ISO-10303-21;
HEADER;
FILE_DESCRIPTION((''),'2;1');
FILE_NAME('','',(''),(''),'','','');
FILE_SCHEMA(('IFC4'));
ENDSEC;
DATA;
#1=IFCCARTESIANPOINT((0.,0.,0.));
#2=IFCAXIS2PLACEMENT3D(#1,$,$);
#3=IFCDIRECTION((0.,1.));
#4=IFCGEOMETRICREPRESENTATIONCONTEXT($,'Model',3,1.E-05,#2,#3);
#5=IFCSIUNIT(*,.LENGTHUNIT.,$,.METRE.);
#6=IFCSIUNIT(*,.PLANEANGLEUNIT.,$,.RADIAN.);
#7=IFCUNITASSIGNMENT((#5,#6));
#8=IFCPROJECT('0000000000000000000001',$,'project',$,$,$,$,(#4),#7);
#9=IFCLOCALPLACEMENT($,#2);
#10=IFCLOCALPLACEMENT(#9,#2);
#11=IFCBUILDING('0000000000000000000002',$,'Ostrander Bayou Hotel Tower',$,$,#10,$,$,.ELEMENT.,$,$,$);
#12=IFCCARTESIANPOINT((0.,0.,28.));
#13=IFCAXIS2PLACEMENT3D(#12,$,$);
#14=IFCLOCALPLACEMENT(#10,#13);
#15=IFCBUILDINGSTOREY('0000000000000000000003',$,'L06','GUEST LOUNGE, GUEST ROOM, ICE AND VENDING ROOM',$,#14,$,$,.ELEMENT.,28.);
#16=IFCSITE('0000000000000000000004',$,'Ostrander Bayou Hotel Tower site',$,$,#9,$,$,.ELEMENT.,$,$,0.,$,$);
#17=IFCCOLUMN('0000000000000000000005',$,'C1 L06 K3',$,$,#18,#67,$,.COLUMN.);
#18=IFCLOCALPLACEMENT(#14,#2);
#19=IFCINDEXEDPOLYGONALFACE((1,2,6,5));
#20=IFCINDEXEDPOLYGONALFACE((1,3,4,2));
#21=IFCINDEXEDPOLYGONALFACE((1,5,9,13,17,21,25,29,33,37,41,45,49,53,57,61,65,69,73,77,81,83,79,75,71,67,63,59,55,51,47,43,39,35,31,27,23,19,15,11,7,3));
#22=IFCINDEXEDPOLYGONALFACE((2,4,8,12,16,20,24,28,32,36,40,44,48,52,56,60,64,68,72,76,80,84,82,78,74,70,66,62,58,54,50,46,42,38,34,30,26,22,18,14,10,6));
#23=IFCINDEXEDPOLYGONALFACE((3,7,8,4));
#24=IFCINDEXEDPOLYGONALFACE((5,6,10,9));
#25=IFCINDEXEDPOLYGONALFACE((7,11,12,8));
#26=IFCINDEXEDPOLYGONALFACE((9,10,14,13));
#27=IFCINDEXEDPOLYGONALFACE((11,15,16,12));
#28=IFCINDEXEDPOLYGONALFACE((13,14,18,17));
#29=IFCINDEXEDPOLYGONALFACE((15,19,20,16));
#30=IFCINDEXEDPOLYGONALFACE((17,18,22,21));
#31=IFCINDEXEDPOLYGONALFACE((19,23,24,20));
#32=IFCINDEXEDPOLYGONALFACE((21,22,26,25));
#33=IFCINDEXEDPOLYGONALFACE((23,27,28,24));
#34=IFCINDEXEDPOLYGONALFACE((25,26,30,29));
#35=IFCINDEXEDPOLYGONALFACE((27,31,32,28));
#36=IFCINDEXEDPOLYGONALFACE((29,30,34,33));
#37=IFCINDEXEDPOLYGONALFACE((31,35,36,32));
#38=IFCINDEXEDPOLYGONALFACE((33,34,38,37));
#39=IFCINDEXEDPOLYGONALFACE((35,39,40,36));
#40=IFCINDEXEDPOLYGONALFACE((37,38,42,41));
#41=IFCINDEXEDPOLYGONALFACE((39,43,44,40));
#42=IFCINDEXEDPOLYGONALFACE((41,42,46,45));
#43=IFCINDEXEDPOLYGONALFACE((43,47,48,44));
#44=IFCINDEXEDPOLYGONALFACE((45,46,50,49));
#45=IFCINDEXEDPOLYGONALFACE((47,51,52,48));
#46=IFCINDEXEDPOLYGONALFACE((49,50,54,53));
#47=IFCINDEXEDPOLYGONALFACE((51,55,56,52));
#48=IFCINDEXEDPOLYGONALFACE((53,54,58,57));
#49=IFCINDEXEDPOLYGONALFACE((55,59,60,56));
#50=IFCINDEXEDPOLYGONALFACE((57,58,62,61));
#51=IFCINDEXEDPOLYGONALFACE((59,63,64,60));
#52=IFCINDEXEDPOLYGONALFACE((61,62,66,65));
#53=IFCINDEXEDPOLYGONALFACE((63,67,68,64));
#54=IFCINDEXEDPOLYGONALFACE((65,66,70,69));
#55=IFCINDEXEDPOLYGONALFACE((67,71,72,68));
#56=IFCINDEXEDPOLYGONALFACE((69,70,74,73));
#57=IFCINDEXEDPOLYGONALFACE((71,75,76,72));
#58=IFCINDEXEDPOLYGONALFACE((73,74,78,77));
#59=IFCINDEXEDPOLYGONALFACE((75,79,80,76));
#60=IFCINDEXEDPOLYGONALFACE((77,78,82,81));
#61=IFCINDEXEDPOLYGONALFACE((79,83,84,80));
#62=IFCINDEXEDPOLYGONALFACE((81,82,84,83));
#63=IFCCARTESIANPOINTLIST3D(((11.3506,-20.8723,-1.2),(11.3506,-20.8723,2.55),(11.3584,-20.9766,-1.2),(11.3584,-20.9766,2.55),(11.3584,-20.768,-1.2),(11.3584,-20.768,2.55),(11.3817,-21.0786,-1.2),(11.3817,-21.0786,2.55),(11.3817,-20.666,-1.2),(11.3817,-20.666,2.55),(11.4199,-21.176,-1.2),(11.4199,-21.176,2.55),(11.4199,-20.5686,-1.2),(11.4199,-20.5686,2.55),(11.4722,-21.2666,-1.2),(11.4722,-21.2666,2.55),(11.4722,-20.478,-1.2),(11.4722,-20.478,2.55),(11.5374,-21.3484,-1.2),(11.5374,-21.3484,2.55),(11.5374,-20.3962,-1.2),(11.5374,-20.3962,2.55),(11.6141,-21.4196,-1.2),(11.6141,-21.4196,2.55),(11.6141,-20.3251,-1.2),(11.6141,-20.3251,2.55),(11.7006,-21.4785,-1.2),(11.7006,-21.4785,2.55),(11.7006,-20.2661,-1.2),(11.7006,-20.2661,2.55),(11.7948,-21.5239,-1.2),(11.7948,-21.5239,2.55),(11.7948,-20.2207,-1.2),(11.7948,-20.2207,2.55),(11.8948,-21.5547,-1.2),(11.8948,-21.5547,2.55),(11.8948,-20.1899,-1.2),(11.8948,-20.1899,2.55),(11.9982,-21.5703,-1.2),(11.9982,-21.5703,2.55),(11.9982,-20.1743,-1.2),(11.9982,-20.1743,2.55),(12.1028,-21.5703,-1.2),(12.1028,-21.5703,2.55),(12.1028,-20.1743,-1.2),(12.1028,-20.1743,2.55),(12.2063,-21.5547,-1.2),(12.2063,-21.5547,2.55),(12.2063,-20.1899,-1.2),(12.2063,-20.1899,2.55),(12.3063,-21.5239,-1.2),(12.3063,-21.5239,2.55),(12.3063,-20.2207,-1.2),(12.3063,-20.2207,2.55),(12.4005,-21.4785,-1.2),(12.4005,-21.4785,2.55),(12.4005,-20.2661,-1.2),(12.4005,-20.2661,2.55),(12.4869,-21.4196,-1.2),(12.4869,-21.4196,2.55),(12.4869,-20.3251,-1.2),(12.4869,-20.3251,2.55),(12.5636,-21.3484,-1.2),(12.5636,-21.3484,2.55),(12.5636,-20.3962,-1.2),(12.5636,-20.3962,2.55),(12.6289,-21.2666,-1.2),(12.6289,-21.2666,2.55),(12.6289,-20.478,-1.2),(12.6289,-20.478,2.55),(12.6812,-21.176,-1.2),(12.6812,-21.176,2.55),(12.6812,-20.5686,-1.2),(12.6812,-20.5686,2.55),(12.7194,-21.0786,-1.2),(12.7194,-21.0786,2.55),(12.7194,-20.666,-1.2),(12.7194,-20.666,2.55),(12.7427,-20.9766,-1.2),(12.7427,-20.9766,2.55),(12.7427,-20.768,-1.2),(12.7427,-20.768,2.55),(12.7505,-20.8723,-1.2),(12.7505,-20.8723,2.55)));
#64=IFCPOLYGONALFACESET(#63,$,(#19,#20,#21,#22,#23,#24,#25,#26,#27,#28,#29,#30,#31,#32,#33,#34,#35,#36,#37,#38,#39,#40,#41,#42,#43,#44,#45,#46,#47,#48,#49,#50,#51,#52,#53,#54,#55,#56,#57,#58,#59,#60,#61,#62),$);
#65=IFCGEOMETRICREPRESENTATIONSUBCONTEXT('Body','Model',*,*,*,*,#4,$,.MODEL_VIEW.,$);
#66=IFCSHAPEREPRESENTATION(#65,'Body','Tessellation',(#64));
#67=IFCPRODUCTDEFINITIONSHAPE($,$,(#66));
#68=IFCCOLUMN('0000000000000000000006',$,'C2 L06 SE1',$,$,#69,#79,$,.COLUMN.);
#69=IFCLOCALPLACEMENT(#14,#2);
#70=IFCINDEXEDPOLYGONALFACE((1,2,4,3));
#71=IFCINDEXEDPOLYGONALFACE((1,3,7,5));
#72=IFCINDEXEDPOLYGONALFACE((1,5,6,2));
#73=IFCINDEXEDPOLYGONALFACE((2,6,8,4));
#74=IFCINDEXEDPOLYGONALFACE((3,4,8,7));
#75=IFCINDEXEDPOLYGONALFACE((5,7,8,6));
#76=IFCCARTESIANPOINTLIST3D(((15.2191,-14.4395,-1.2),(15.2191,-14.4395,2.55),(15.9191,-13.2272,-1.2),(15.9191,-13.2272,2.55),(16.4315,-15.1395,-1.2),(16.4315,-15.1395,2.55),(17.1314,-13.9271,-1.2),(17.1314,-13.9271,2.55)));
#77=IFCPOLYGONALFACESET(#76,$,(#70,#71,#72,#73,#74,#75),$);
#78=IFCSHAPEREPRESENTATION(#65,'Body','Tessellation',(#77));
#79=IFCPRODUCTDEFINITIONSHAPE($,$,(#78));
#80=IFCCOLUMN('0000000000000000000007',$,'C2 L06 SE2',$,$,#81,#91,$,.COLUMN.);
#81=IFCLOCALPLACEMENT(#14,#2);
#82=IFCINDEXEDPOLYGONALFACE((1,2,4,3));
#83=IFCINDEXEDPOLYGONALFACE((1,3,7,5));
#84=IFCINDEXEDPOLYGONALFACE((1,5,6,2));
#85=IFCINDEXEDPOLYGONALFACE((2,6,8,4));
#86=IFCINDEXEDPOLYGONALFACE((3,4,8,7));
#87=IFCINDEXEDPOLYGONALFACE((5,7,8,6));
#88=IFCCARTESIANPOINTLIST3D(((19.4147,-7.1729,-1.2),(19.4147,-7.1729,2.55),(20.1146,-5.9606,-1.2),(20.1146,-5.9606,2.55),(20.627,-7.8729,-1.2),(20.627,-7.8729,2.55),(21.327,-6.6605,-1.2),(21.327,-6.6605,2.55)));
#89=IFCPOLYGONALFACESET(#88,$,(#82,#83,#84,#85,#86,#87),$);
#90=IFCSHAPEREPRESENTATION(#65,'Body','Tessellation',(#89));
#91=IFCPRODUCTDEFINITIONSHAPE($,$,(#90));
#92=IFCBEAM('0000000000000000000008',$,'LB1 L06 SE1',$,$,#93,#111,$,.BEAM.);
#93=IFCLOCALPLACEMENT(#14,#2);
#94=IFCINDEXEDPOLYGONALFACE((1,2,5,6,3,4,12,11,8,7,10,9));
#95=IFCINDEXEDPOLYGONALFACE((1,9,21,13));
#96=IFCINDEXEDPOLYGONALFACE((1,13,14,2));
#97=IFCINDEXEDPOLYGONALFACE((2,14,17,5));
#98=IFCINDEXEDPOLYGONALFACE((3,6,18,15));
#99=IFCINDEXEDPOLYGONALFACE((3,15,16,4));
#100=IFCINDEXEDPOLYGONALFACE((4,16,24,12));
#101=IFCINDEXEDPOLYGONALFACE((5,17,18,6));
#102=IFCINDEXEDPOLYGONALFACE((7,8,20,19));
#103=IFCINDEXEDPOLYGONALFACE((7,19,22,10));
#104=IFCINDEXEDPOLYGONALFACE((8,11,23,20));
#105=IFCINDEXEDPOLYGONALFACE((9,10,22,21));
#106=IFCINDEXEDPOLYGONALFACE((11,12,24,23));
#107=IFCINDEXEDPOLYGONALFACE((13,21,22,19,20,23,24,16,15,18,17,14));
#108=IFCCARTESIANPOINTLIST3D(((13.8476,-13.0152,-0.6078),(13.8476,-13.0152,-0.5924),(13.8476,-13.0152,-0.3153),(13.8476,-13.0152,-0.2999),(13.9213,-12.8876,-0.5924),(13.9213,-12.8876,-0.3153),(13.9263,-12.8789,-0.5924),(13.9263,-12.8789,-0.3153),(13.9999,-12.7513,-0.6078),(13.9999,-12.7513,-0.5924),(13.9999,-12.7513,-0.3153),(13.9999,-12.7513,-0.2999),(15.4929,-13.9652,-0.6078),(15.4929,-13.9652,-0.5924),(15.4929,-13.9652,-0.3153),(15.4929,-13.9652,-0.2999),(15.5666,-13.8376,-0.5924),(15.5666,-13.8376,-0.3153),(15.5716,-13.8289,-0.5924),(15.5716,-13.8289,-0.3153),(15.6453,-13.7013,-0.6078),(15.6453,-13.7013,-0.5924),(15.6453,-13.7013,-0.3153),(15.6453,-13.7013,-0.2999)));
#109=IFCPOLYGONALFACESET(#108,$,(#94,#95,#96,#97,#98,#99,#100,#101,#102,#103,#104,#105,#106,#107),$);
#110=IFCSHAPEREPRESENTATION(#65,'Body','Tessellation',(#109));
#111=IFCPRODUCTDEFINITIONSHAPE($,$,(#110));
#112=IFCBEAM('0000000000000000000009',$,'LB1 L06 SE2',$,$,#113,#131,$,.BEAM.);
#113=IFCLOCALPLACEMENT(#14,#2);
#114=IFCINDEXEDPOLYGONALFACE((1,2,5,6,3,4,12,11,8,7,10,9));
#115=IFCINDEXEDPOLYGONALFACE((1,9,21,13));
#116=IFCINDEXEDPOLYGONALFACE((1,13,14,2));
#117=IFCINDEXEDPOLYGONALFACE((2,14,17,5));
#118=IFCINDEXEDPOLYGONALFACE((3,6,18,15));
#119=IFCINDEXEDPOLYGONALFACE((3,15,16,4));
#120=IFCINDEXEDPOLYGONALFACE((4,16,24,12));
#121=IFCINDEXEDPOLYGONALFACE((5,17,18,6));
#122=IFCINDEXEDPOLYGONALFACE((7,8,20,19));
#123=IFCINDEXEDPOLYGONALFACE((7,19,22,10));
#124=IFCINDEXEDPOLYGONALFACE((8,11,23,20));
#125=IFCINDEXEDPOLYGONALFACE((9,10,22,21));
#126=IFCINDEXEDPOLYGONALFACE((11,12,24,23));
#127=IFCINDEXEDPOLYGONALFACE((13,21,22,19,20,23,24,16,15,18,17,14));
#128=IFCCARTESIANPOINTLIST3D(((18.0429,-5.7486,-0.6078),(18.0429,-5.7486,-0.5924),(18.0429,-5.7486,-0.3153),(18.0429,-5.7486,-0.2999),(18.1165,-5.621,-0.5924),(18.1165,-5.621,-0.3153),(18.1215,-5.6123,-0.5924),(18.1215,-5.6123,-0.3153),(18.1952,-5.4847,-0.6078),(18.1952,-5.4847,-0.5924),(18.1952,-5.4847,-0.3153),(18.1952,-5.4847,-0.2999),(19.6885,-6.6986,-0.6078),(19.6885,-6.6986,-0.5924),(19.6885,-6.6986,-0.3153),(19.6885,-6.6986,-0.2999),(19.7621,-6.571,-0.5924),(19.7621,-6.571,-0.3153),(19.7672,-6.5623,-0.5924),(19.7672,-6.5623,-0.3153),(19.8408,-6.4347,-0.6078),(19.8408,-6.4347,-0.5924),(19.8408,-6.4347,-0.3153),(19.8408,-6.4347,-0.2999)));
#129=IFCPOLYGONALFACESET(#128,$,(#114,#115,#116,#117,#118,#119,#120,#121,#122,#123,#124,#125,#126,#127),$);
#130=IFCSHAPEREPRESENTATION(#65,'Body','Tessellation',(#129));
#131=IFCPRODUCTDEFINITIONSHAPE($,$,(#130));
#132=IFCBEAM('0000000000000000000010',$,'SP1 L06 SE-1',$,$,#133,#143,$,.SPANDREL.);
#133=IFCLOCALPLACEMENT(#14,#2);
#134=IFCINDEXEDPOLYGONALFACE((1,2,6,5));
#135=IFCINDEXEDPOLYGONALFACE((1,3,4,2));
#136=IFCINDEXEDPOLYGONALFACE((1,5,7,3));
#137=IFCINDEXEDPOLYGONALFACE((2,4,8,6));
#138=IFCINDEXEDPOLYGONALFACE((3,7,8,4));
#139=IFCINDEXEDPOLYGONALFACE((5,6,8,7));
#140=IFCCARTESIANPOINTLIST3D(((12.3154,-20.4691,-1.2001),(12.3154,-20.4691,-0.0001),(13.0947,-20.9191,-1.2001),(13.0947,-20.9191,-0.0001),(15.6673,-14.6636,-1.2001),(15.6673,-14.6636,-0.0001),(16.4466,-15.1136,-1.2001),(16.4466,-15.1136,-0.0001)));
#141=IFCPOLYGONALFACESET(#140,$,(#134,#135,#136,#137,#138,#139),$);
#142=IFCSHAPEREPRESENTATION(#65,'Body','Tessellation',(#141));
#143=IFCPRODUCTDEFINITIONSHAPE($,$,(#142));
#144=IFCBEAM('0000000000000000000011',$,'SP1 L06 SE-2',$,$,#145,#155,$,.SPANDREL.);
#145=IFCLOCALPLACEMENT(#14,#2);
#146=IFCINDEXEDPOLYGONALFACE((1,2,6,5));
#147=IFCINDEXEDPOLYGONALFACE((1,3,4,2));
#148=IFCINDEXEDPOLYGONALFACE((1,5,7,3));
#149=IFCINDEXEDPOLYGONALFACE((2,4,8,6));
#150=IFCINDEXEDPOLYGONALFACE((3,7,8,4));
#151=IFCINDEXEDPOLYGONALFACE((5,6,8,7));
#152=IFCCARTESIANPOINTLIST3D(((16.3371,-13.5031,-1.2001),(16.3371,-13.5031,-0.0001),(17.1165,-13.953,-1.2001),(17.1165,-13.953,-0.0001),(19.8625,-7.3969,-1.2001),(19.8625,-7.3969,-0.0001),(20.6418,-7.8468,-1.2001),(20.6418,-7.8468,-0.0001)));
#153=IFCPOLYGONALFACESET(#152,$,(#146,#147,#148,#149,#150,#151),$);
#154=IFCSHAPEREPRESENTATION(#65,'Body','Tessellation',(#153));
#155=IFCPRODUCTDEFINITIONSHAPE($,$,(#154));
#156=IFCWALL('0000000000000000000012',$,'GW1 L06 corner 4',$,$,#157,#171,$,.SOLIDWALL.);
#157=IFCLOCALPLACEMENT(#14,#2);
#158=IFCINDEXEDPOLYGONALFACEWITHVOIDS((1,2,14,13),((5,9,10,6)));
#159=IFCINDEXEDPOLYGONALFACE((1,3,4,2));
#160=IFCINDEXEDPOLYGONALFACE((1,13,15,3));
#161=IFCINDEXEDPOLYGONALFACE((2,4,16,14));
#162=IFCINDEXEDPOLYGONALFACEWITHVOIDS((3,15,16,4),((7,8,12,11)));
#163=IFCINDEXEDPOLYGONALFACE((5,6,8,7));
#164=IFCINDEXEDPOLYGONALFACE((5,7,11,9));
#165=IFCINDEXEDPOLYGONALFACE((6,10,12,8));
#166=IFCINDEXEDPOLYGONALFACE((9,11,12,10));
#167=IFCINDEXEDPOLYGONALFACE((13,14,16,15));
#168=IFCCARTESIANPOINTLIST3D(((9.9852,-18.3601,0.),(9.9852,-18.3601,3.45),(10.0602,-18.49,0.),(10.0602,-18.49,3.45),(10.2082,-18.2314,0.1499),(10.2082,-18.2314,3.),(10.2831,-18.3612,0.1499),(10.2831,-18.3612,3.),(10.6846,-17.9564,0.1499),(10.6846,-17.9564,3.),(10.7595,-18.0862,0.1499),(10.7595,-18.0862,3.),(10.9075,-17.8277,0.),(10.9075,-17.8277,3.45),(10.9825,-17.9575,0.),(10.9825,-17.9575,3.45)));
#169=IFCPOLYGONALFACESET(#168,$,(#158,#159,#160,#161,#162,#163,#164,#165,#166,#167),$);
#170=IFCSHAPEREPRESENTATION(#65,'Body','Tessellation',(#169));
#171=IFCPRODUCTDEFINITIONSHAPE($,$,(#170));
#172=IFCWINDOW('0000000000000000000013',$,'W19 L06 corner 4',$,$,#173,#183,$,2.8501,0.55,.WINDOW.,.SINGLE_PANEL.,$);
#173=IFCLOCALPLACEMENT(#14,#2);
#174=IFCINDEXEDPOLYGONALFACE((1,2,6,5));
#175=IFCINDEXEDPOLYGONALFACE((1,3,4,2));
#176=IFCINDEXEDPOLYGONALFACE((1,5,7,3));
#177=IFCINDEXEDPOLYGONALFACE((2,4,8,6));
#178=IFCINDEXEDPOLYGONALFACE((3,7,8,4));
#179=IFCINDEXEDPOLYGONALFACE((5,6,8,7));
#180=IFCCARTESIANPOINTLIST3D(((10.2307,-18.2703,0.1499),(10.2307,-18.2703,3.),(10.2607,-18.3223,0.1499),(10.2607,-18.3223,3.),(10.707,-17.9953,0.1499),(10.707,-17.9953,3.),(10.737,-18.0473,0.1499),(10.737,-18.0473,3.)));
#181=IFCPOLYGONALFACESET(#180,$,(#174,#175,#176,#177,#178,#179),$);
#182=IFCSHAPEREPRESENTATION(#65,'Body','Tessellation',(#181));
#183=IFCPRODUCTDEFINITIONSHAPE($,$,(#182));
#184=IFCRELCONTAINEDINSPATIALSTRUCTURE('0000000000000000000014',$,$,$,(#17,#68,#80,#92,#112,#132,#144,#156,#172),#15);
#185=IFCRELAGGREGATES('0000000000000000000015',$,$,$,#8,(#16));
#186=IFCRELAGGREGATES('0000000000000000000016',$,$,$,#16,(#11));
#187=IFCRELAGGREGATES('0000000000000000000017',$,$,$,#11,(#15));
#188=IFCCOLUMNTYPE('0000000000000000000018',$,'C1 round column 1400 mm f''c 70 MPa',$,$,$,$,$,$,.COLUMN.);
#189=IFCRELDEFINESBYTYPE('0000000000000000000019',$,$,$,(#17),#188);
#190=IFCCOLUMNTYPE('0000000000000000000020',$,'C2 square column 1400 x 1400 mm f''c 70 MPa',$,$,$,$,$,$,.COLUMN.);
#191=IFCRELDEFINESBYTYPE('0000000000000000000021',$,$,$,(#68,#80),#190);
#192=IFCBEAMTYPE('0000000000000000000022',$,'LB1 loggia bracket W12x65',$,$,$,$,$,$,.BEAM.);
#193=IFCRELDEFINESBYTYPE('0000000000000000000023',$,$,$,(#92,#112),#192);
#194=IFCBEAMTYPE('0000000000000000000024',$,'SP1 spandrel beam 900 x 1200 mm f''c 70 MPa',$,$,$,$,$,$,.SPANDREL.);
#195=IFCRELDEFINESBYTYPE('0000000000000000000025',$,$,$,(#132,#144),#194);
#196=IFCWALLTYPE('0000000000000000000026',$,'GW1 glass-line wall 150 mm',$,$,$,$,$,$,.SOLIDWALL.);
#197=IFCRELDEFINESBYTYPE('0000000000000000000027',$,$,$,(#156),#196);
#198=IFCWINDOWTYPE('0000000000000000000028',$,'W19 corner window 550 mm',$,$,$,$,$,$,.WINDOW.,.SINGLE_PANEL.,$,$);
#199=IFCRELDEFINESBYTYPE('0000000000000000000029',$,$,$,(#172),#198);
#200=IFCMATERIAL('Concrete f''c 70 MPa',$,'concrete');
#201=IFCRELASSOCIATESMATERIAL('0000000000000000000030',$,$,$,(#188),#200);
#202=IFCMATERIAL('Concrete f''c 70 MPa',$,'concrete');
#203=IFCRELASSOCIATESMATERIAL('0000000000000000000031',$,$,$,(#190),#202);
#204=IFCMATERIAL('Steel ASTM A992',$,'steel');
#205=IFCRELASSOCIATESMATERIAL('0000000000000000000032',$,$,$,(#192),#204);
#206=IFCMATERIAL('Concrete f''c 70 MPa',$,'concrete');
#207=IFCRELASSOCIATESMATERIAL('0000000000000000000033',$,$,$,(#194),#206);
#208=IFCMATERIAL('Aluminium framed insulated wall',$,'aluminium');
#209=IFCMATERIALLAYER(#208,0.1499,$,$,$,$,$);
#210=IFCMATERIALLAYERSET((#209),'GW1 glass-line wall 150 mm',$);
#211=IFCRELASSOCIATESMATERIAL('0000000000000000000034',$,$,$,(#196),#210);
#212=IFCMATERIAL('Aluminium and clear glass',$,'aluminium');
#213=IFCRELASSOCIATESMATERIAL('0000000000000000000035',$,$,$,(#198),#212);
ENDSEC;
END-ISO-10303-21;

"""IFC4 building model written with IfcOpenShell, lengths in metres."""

from ifc_helpers import new_model, si_unit, direction, frame, frame_2d, origin, origin_2d, place, context, subcontext, project, spatial, rectangle, circle, i_section, extrude, material, layer, layer_set, material_profile, profile_set, type_object, element, fill, save


model = new_model("IFC4")

# Units and contexts
model_context = context("Model", 3, precision=1e-05, world=origin(), true_north=direction((0.0, 1.0)))
body_context = subcontext(model_context, "Body", "Model", "MODEL_VIEW")
ifc_project = project(units=[si_unit("LENGTHUNIT", "METRE"), si_unit("PLANEANGLEUNIT", "RADIAN")], contexts=[model_context])

# Site, building, storey
site_placement = place(None, origin())
site = spatial("IfcSite", under=ifc_project, at=site_placement, Name="Ostrander Bayou Hotel Tower site", CompositionType="ELEMENT", RefElevation=0.0)
building_placement = place(site_placement, origin())
building = spatial("IfcBuilding", under=site, at=building_placement, Name="Ostrander Bayou Hotel Tower", CompositionType="ELEMENT")
storey_placement = place(building_placement, frame((0.0, 0.0, 28.0)))
storey = spatial("IfcBuildingStorey", under=building, at=storey_placement, Name="L06", Description="GUEST LOUNGE, GUEST ROOM, ICE AND VENDING ROOM", CompositionType="ELEMENT", Elevation=28.0)

# Columns
ifc_material_1 = material(Name="Concrete f'c 70 MPa", Category="concrete")
ifc_material_profile_1 = material_profile(ifc_material_1, circle(Radius=0.7, at=origin_2d()))
ifc_profile_set_1 = profile_set([ifc_material_profile_1], Name="Concrete f'c 70 MPa")
column_type_1 = type_object("IfcColumnType", Name="C1 round column 1400 mm f'c 70 MPa", PredefinedType="COLUMN", material=ifc_profile_set_1)
column_placement = place(storey_placement, frame((12.0505, -20.8723, -1.2), z_axis=(0.0, 0.0, 1.0), x_axis=(1.0, 0.0, 0.0)))
element("IfcColumn", 1, at=column_placement, inside=storey, type_object=column_type_1, Name="C1 L06 K3", PredefinedType="COLUMN", context=body_context, shape_type="SweptSolid", body=[
    extrude(circle(Radius=0.7, at=origin_2d()), origin(), (0.0, 0.0, 1.0), 3.75),
])
ifc_material_2 = material(Name="Concrete f'c 70 MPa", Category="concrete")
ifc_material_profile_2 = material_profile(ifc_material_2, rectangle(XDim=1.3999, YDim=1.3999, at=origin_2d()))
ifc_profile_set_2 = profile_set([ifc_material_profile_2], Name="Concrete f'c 70 MPa")
column_type_2 = type_object("IfcColumnType", Name="C2 square column 1400 x 1400 mm f'c 70 MPa", PredefinedType="COLUMN", material=ifc_profile_set_2)
for number, where, z_axis, x_axis, name in (
    (2, (16.1753, -14.1833, -1.2), (0.0, 0.0, 1.0), (-0.5, -0.866025, 0.0), "C2 L06 SE1"),
    (3, (20.3708, -6.9167, -1.2), (0.0, 0.0, 1.0), (-0.5, -0.866025, 0.0), "C2 L06 SE2"),
):
    element("IfcColumn", number, at=place(storey_placement, frame(where, z_axis=z_axis, x_axis=x_axis)), inside=storey, type_object=column_type_2, Name=name, PredefinedType="COLUMN", context=body_context, shape_type="SweptSolid", body=[
        extrude(rectangle(XDim=1.3999, YDim=1.3999, at=origin_2d()), origin(), (0.0, 0.0, 1.0), 3.75),
    ])

# Beams
ifc_material_3 = material(Name="Steel ASTM A992", Category="steel")
ifc_material_profile_3 = material_profile(ifc_material_3, i_section(OverallWidth=0.3047, OverallDepth=0.3079, WebThickness=0.01, FlangeThickness=0.0154, at=origin_2d()))
ifc_profile_set_3 = profile_set([ifc_material_profile_3], Name="Steel ASTM A992")
beam_type_1 = type_object("IfcBeamType", Name="LB1 loggia bracket W12x65", PredefinedType="BEAM", material=ifc_profile_set_3)
beam_1_placement = place(storey_placement, frame((15.5691, -13.8333, -0.4539), z_axis=(-0.866012, 0.500023, 0.0), x_axis=(-0.500023, -0.866012, 0.0)))
element("IfcBeam", 4, at=beam_1_placement, inside=storey, type_object=beam_type_1, Name="LB1 L06 SE1", PredefinedType="BEAM", context=body_context, shape_type="SweptSolid", body=[
    extrude(i_section(OverallWidth=0.3047, OverallDepth=0.3079, WebThickness=0.01, FlangeThickness=0.0154, at=origin_2d()), origin(), (0.0, 0.0, 1.0), 1.8999),
])
beam_2_placement = place(storey_placement, frame((19.7646, -6.5667, -0.4539), z_axis=(-0.866044, 0.499967, 0.0), x_axis=(-0.499967, -0.866044, 0.0)))
element("IfcBeam", 5, at=beam_2_placement, inside=storey, type_object=beam_type_1, Name="LB1 L06 SE2", PredefinedType="BEAM", context=body_context, shape_type="SweptSolid", body=[
    extrude(i_section(OverallWidth=0.3047, OverallDepth=0.3079, WebThickness=0.01, FlangeThickness=0.0154, at=origin_2d()), origin(), (0.0, 0.0, 1.0), 1.9001),
])
ifc_material_4 = material(Name="Concrete f'c 70 MPa", Category="concrete")
ifc_material_profile_4 = material_profile(ifc_material_4, rectangle(XDim=0.8999, YDim=1.2, at=origin_2d()))
ifc_profile_set_4 = profile_set([ifc_material_profile_4], Name="Concrete f'c 70 MPa")
beam_type_2 = type_object("IfcBeamType", Name="SP1 spandrel beam 900 x 1200 mm f'c 70 MPa", PredefinedType="SPANDREL", material=ifc_profile_set_4)
beam_3_placement = place(storey_placement, frame((12.7051, -20.6941, -0.6001), z_axis=(0.500005, 0.866022, 0.0), x_axis=(-0.866022, 0.500005, 0.0)))
element("IfcBeam", 6, at=beam_3_placement, inside=storey, type_object=beam_type_2, Name="SP1 L06 SE-1", PredefinedType="SPANDREL", context=body_context, shape_type="SweptSolid", body=[
    extrude(rectangle(XDim=0.8999, YDim=1.2, at=origin_2d()), origin(), (0.0, 0.0, 1.0), 6.7036),
])
beam_4_placement = place(storey_placement, frame((16.7268, -13.728, -0.6001), z_axis=(0.499997, 0.866027, 0.0), x_axis=(-0.866027, 0.499997, 0.0)))
element("IfcBeam", 7, at=beam_4_placement, inside=storey, type_object=beam_type_2, Name="SP1 L06 SE-2", PredefinedType="SPANDREL", context=body_context, shape_type="SweptSolid", body=[
    extrude(rectangle(XDim=0.8999, YDim=1.2, at=origin_2d()), origin(), (0.0, 0.0, 1.0), 7.0508),
])

# Shared definitions
ifc_material_5 = material(Name="Aluminium framed insulated wall", Category="aluminium")
ifc_layer_1 = layer(ifc_material_5, 0.1499)
ifc_layer_set_1 = layer_set([ifc_layer_1], Name="GW1 glass-line wall 150 mm")
wall_type_1 = type_object("IfcWallType", Name="GW1 glass-line wall 150 mm", PredefinedType="SOLIDWALL", material=ifc_layer_set_1)

# Wall, opening, window
wall_1_placement = place(storey_placement, frame((10.0227, -18.425, 0.0), z_axis=(0.0, 0.0, 1.0), x_axis=(0.866048, 0.499961, 0.0)))
wall_1 = element("IfcWall", 8, at=wall_1_placement, inside=storey, type_object=wall_type_1, Name="GW1 L06 corner 4", PredefinedType="SOLIDWALL", context=body_context, shape_type="SweptSolid", body=[
    extrude(rectangle(XDim=1.0649, YDim=0.1499, at=frame_2d((0.5325, 0.0))), origin(), (0.0, 0.0, 1.0), 3.45),
])
opening_1_placement = place(wall_1_placement, frame((0.2576, 0.0, 0.1499)))
opening_1 = element("IfcOpeningElement", 9, at=opening_1_placement, cuts=wall_1, PredefinedType="OPENING", context=body_context, shape_type="SweptSolid", body=[
    extrude(rectangle(XDim=0.55, YDim=2.8501, at=frame_2d((0.2749, 1.425))), frame((0.0, 0.075, 0.0), z_axis=(0.0, -1.0, 0.0), x_axis=(1.0, 0.0, 0.0)), (0.0, 0.0, 1.0), 0.1499),
])
ifc_material_6 = material(Name="Aluminium and clear glass", Category="aluminium")
window_type_1 = type_object("IfcWindowType", Name="W19 corner window 550 mm", PartitioningType="SINGLE_PANEL", PredefinedType="WINDOW", material=ifc_material_6)
window_1_placement = place(opening_1_placement, origin())
window_1 = element("IfcWindow", 10, at=window_1_placement, inside=storey, type_object=window_type_1, Name="W19 L06 corner 4", OverallHeight=2.8501, OverallWidth=0.55, PartitioningType="SINGLE_PANEL", PredefinedType="WINDOW", context=body_context, shape_type="SweptSolid", body=[
    extrude(rectangle(XDim=0.55, YDim=2.8501, at=frame_2d((0.2749, 1.425))), frame((0.0, 0.03, 0.0), z_axis=(0.0, -1.0, 0.0), x_axis=(1.0, 0.0, 0.0)), (0.0, 0.0, 1.0), 0.0601),
])
fill(opening_1, window_1)

save(model, "model.ifc")
